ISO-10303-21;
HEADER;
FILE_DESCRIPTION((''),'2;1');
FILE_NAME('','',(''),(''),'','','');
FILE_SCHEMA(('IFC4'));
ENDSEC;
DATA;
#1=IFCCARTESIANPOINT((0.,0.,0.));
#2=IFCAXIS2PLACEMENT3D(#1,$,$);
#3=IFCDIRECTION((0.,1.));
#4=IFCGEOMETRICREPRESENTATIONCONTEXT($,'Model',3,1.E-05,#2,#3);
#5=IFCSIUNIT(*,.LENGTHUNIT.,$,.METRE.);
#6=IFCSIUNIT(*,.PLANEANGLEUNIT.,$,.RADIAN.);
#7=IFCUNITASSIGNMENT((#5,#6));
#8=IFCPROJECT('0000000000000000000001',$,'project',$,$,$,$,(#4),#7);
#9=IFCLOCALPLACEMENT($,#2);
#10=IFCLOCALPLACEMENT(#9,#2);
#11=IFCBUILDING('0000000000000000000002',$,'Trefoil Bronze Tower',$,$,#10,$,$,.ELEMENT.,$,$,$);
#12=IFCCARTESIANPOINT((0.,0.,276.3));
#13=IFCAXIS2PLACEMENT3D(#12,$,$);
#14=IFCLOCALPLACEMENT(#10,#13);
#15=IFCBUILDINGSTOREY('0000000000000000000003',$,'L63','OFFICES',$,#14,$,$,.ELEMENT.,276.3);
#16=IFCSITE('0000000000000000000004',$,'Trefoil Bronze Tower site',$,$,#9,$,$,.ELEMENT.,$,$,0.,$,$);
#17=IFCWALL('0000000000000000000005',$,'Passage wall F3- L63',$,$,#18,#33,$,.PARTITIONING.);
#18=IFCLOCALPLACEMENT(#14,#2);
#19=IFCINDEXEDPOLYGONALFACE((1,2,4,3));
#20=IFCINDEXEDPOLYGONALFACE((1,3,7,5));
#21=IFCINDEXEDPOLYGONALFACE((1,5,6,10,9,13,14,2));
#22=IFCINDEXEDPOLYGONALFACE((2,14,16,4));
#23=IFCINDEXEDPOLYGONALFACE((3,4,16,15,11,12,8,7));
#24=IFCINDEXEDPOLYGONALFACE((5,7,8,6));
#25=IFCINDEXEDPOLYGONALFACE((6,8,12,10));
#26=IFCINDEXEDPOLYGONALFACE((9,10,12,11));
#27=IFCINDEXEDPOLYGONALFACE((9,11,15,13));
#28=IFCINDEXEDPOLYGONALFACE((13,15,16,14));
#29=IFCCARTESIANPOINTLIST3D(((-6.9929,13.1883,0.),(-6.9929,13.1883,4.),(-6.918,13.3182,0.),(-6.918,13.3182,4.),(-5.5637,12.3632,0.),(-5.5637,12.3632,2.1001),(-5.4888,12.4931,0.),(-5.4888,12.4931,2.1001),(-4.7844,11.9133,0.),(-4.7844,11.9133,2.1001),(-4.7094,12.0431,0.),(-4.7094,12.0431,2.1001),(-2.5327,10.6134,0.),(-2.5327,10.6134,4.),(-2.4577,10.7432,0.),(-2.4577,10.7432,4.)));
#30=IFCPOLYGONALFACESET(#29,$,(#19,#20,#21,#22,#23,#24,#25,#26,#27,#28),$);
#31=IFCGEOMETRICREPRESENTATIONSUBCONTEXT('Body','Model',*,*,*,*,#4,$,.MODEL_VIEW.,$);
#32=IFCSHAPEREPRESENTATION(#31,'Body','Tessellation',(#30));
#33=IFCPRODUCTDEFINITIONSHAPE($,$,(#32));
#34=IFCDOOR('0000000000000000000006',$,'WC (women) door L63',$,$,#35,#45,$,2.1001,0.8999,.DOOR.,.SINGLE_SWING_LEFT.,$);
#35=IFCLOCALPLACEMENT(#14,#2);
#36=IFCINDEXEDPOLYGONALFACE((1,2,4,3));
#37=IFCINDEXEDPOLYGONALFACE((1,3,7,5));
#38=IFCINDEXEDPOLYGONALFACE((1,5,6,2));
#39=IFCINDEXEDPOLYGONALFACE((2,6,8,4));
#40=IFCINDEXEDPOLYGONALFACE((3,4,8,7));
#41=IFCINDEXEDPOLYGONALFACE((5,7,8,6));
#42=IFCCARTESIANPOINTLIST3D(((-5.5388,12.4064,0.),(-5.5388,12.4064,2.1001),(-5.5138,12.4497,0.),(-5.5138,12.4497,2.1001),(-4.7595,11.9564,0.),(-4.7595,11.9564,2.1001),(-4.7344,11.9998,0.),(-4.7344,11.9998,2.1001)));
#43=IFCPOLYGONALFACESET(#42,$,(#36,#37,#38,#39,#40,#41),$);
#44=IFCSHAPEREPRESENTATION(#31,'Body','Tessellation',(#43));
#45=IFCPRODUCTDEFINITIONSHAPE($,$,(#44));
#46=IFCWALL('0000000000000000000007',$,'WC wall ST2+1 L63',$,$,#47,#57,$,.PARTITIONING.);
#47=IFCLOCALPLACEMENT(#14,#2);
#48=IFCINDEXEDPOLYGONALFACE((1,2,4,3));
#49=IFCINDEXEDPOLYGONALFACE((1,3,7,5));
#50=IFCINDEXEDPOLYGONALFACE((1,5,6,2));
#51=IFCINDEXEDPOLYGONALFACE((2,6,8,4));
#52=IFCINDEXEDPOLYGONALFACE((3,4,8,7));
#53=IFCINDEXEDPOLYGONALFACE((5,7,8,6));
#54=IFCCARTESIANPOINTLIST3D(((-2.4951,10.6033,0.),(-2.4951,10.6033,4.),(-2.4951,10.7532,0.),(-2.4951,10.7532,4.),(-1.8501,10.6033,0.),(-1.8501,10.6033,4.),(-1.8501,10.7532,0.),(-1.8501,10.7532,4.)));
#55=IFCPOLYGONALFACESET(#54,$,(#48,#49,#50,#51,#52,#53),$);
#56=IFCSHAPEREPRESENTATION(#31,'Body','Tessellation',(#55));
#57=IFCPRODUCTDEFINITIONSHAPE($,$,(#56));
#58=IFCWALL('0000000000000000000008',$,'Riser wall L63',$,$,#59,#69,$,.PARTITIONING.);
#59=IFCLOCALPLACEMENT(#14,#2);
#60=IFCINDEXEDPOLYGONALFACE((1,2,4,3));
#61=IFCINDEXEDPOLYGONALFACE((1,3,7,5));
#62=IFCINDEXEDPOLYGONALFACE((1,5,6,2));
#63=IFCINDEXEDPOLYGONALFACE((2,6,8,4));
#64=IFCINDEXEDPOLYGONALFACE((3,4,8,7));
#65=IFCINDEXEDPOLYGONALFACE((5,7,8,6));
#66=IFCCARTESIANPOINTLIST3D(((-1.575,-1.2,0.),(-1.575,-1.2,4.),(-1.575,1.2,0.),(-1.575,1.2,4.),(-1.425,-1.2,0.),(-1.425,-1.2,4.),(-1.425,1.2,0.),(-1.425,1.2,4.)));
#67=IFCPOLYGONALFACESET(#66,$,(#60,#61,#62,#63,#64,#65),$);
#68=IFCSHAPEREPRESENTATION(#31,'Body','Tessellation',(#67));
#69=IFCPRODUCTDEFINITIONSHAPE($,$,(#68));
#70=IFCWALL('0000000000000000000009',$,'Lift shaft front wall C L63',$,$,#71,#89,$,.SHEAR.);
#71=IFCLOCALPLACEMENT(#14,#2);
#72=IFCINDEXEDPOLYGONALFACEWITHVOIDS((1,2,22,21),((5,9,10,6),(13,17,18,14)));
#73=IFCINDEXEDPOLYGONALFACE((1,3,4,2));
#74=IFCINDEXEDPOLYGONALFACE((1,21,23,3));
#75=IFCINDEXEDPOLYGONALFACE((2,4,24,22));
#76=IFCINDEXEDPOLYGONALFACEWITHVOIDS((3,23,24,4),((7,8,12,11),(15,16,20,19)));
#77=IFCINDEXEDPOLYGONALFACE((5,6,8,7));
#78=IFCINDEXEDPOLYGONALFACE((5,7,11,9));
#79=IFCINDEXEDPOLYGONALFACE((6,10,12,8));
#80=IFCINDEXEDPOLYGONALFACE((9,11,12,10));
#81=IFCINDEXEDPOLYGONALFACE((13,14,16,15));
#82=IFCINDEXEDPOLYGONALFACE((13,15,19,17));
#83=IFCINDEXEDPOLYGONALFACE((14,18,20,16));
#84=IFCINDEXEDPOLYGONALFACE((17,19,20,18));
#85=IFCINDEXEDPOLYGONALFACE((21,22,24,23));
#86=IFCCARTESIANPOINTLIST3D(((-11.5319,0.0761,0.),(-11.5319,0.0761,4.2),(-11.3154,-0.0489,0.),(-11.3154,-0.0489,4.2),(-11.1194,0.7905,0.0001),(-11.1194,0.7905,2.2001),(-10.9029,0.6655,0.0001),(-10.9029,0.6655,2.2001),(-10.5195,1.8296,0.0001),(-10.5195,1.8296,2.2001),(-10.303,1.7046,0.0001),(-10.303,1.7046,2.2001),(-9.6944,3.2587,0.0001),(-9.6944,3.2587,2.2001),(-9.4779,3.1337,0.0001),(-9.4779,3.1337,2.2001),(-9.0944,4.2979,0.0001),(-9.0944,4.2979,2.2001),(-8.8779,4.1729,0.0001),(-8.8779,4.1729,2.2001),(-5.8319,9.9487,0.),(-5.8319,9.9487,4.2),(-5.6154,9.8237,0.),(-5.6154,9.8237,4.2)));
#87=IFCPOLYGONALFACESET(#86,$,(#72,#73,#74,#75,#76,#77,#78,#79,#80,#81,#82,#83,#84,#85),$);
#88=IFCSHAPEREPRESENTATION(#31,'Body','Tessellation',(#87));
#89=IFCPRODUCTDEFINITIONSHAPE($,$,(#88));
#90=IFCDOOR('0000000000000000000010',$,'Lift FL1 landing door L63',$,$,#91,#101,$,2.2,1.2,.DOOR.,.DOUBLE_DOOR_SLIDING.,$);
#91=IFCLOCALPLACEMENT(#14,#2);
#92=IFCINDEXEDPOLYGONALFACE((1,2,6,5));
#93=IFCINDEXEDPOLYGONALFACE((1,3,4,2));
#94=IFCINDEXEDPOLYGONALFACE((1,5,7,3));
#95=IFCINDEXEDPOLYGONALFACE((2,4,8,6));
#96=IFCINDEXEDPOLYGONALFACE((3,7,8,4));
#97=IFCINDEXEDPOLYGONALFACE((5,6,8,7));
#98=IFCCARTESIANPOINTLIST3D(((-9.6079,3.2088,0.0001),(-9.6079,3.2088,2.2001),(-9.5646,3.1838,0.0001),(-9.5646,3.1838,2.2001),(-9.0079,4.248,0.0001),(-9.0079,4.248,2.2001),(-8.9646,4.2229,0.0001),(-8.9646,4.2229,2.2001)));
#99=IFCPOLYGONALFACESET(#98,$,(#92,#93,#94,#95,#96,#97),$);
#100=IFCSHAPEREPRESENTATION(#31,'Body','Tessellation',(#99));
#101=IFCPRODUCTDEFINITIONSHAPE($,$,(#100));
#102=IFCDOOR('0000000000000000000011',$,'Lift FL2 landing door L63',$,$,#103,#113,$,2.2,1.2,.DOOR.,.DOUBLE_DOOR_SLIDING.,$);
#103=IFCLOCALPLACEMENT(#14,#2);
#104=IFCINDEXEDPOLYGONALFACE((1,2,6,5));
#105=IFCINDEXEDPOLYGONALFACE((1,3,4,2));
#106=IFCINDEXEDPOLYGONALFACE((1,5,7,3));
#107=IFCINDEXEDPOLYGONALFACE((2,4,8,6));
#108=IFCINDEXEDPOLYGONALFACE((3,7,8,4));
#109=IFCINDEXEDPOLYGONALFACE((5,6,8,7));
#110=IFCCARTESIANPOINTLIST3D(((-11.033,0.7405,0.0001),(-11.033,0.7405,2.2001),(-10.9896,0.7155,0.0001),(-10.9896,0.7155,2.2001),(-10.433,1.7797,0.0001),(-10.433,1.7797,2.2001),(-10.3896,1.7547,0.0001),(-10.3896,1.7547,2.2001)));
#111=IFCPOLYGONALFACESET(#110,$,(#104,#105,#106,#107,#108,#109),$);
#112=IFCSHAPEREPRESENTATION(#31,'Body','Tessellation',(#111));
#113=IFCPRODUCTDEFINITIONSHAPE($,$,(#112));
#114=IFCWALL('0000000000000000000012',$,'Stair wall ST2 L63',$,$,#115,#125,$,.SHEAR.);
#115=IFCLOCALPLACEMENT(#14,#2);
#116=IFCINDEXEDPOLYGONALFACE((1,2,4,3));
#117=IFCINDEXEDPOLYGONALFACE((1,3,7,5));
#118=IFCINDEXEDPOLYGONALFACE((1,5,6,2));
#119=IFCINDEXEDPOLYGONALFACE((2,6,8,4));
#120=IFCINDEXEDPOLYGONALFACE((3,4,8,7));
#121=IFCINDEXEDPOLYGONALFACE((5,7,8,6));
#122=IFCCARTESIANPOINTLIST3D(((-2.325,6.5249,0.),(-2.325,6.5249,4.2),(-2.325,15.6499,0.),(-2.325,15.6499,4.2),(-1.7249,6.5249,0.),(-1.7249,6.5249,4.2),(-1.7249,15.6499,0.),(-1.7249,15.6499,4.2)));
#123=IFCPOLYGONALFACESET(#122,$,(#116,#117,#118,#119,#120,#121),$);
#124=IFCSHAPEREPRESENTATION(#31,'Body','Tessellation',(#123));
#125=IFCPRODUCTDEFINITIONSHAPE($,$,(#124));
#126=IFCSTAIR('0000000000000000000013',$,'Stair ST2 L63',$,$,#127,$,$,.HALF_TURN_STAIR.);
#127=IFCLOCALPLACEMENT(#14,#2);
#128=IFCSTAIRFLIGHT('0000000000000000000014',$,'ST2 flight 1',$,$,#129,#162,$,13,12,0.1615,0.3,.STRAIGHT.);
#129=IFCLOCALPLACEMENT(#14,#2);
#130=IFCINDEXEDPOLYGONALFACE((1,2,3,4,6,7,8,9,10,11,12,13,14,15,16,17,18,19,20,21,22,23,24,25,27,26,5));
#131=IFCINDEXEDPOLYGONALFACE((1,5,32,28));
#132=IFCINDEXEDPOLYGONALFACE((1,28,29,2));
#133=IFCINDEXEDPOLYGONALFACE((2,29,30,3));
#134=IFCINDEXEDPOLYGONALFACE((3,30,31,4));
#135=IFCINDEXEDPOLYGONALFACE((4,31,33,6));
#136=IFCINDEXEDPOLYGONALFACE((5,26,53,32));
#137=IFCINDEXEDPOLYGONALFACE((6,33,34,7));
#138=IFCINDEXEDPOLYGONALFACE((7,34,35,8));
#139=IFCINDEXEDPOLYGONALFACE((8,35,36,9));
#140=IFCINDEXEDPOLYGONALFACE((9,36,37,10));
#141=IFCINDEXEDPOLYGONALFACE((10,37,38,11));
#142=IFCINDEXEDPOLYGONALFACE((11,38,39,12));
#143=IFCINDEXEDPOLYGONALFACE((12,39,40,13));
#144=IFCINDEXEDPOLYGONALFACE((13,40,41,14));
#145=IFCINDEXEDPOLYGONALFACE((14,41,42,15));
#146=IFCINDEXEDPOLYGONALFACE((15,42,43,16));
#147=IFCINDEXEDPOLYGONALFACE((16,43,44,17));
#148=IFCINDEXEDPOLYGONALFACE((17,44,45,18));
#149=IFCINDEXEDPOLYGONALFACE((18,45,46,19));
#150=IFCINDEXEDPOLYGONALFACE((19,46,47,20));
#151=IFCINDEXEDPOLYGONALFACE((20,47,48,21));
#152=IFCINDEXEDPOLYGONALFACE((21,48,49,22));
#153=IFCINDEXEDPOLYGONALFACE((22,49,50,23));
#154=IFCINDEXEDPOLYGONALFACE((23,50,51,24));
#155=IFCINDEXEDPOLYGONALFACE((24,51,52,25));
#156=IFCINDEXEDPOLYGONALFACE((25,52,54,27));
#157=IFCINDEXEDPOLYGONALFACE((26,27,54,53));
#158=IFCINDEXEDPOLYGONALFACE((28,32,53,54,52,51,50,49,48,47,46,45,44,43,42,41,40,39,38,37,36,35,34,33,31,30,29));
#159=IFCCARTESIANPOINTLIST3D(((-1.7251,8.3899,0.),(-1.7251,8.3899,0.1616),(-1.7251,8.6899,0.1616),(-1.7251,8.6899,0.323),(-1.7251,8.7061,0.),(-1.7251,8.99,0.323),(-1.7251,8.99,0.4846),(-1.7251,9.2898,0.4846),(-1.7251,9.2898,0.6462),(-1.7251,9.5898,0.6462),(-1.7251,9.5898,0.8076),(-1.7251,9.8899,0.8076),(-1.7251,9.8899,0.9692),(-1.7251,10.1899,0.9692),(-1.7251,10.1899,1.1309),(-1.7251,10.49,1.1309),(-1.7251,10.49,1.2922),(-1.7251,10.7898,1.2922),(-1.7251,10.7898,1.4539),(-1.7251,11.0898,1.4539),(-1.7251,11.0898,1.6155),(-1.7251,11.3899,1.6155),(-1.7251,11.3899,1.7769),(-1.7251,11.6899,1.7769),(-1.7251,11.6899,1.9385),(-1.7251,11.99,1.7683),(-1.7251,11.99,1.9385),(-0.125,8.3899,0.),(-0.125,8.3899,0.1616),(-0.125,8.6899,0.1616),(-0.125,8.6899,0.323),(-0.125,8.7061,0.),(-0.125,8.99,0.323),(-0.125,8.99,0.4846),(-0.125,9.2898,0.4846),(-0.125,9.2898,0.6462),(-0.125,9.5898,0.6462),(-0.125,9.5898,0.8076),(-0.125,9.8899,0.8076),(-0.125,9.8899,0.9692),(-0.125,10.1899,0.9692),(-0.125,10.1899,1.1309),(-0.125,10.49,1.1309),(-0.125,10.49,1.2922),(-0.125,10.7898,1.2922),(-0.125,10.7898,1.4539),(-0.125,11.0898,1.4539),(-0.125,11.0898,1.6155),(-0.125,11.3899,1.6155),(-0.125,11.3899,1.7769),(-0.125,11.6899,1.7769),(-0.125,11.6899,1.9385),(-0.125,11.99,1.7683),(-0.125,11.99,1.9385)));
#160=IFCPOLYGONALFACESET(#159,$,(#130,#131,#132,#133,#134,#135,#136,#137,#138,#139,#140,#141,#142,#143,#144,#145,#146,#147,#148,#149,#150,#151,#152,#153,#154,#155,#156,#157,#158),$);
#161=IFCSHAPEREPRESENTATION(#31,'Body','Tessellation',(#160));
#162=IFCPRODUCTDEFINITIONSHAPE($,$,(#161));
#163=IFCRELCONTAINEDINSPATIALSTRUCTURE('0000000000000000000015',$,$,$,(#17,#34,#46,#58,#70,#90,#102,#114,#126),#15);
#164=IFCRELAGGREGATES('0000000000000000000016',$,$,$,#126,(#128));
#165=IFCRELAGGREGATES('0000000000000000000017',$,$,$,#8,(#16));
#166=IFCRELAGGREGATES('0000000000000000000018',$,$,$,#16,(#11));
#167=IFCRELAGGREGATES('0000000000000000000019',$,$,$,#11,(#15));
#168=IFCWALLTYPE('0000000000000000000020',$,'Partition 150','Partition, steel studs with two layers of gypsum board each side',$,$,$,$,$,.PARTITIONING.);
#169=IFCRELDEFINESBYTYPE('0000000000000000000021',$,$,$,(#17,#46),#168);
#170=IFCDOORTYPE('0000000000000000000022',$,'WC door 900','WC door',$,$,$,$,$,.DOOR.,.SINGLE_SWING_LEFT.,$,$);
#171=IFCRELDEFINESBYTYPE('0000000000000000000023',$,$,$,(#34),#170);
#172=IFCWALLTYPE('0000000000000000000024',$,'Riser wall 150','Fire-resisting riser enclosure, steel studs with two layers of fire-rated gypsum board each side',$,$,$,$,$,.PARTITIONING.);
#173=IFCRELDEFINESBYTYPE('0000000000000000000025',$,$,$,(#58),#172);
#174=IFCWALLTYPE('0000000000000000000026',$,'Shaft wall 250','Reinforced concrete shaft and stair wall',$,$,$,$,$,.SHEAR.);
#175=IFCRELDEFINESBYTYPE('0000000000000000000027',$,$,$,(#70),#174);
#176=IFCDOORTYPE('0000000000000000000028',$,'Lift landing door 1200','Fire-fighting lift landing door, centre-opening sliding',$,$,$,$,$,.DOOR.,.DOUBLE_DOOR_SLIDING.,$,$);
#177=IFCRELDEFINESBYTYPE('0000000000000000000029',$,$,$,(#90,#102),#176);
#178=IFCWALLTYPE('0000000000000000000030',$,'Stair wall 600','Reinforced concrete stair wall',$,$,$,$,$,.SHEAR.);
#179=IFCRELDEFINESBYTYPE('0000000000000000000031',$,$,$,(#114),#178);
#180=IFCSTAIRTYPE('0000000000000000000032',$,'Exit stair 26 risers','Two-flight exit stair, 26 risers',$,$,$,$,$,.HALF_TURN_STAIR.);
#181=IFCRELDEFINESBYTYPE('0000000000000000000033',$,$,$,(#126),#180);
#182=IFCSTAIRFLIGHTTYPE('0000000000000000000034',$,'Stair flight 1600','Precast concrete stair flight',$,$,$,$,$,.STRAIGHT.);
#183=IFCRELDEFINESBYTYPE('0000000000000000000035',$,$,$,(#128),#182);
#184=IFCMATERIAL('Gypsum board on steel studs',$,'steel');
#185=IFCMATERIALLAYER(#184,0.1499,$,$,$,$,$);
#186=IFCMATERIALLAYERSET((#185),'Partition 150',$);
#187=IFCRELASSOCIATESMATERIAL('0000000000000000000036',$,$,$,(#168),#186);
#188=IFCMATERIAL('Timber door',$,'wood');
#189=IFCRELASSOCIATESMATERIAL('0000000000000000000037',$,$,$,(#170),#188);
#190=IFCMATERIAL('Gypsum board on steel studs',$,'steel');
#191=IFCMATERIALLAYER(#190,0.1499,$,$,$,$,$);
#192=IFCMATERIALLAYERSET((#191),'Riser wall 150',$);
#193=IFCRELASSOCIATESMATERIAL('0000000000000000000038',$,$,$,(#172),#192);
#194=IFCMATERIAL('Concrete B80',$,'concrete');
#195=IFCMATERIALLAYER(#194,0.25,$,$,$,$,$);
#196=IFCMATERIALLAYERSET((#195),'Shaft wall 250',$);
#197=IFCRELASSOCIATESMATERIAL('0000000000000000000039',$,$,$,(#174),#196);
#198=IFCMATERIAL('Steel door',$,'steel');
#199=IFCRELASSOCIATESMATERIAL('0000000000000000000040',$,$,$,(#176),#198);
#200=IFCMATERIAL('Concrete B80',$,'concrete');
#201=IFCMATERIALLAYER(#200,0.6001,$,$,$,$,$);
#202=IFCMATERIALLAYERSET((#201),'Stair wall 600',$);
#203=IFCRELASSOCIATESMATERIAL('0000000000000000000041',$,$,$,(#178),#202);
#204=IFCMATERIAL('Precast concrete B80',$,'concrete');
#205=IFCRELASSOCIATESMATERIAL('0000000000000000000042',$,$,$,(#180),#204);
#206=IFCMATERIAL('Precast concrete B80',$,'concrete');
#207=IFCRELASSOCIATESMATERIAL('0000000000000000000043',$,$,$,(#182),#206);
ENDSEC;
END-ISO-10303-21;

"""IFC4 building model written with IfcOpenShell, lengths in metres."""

from ifc_helpers import new_model, si_unit, direction, frame, frame_2d, origin, place, context, subcontext, project, spatial, polyline, rectangle, outline, extrude, material, layer, layer_set, type_object, element, fill, aggregate, save


model = new_model("IFC4")

# Units and contexts
model_context = context("Model", 3, precision=1e-05, world=origin(), true_north=direction((0.0, 1.0)))
body_context = subcontext(model_context, "Body", "Model", "MODEL_VIEW")
ifc_project = project(units=[si_unit("LENGTHUNIT", "METRE"), si_unit("PLANEANGLEUNIT", "RADIAN")], contexts=[model_context])

# Site, building, storey
site_placement = place(None, origin())
site = spatial("IfcSite", under=ifc_project, at=site_placement, Name="Trefoil Bronze Tower site", CompositionType="ELEMENT", RefElevation=0.0)
building_placement = place(site_placement, origin())
building = spatial("IfcBuilding", under=site, at=building_placement, Name="Trefoil Bronze Tower", CompositionType="ELEMENT")
storey_placement = place(building_placement, frame((0.0, 0.0, 276.3)))
storey = spatial("IfcBuildingStorey", under=building, at=storey_placement, Name="L63", Description="OFFICES", CompositionType="ELEMENT", Elevation=276.3)

# Wall, opening, door
ifc_material_1 = material(Name="Gypsum board on steel studs", Category="steel")
ifc_layer_1 = layer(ifc_material_1, 0.1499)
ifc_layer_set_1 = layer_set([ifc_layer_1], Name="Partition 150")
wall_type_1 = type_object("IfcWallType", Name="Partition 150", Description="Partition, steel studs with two layers of gypsum board each side", PredefinedType="PARTITIONING", material=ifc_layer_set_1)
wall_1_placement = place(storey_placement, frame((-2.4951, 10.6782, 0.0), z_axis=(0.0, 0.0, 1.0), x_axis=(-0.866038, 0.499978, 0.0)))
wall_1 = element("IfcWall", 1, at=wall_1_placement, inside=storey, type_object=wall_type_1, Name="Passage wall F3- L63", PredefinedType="PARTITIONING", context=body_context, shape_type="SweptSolid", body=[
    extrude(rectangle(XDim=5.1501, YDim=0.1499, at=frame_2d((2.5752, 0.0))), origin(), (0.0, 0.0, 1.0), 4.0),
])
opening_1_placement = place(wall_1_placement, frame((2.6001, 0.0, 0.0)))
opening_1 = element("IfcOpeningElement", 2, at=opening_1_placement, cuts=wall_1, PredefinedType="OPENING", context=body_context, shape_type="SweptSolid", body=[
    extrude(rectangle(XDim=0.8999, YDim=2.1001, at=frame_2d((0.45, 1.05))), frame((0.0, 0.085, 0.0), z_axis=(0.0, -1.0, 0.0), x_axis=(1.0, 0.0, 0.0)), (0.0, 0.0, 1.0), 0.1699),
])
ifc_material_2 = material(Name="Timber door", Category="wood")
door_type_1 = type_object("IfcDoorType", Name="WC door 900", Description="WC door", OperationType="SINGLE_SWING_LEFT", PredefinedType="DOOR", material=ifc_material_2)
door_1_placement = place(opening_1_placement, frame((0.8999, 0.0, 0.0), z_axis=(0.0, 0.0, 1.0), x_axis=(-1.0, 0.0, 0.0)))
door_1 = element("IfcDoor", 3, at=door_1_placement, inside=storey, type_object=door_type_1, Name="WC (women) door L63", OperationType="SINGLE_SWING_LEFT", OverallHeight=2.1001, OverallWidth=0.8999, PredefinedType="DOOR", context=body_context, shape_type="SweptSolid", body=[
    extrude(rectangle(XDim=0.8999, YDim=2.1001, at=frame_2d((0.45, 1.05))), frame((0.0, 0.0249, 0.0), z_axis=(0.0, -1.0, 0.0), x_axis=(1.0, 0.0, 0.0)), (0.0, 0.0, 1.0), 0.05),
])
fill(opening_1, door_1)

# Walls
wall_2_placement = place(storey_placement, frame((-2.4951, 10.6782, 0.0), z_axis=(0.0, 0.0, 1.0), x_axis=(1.0, 0.0, 0.0)))
element("IfcWall", 4, at=wall_2_placement, inside=storey, type_object=wall_type_1, Name="WC wall ST2+1 L63", PredefinedType="PARTITIONING", context=body_context, shape_type="SweptSolid", body=[
    extrude(rectangle(XDim=0.645, YDim=0.1499, at=frame_2d((0.3225, 0.0))), origin(), (0.0, 0.0, 1.0), 4.0),
])
ifc_material_3 = material(Name="Gypsum board on steel studs", Category="steel")
ifc_layer_2 = layer(ifc_material_3, 0.1499)
ifc_layer_set_2 = layer_set([ifc_layer_2], Name="Riser wall 150")
wall_type_2 = type_object("IfcWallType", Name="Riser wall 150", Description="Fire-resisting riser enclosure, steel studs with two layers of fire-rated gypsum board each side", PredefinedType="PARTITIONING", material=ifc_layer_set_2)
wall_3_placement = place(storey_placement, frame((-1.5, 1.2, 0.0), z_axis=(0.0, 0.0, 1.0), x_axis=(0.0, -1.0, 0.0)))
element("IfcWall", 5, at=wall_3_placement, inside=storey, type_object=wall_type_2, Name="Riser wall L63", PredefinedType="PARTITIONING", context=body_context, shape_type="SweptSolid", body=[
    extrude(rectangle(XDim=2.3999, YDim=0.1499, at=frame_2d((1.2, 0.0))), origin(), (0.0, 0.0, 1.0), 4.0),
])

# Wall, openings, doors
ifc_material_4 = material(Name="Concrete B80", Category="concrete")
ifc_layer_3 = layer(ifc_material_4, 0.25)
ifc_layer_set_3 = layer_set([ifc_layer_3], Name="Shaft wall 250")
wall_type_3 = type_object("IfcWallType", Name="Shaft wall 250", Description="Reinforced concrete shaft and stair wall", PredefinedType="SHEAR", material=ifc_layer_set_3)
wall_4_placement = place(storey_placement, frame((-5.7236, 9.8862, 0.0), z_axis=(0.0, 0.0, 1.0), x_axis=(-0.500002, -0.866024, 0.0)))
wall_4 = element("IfcWall", 6, at=wall_4_placement, inside=storey, type_object=wall_type_3, Name="Lift shaft front wall C L63", PredefinedType="SHEAR", context=body_context, shape_type="SweptSolid", body=[
    extrude(rectangle(XDim=11.3999, YDim=0.25, at=frame_2d((5.7, 0.0))), origin(), (0.0, 0.0, 1.0), 4.2),
])
opening_2_placement = place(wall_4_placement, frame((6.5249, 0.0, 0.0)))
opening_2 = element("IfcOpeningElement", 7, at=opening_2_placement, cuts=wall_4, PredefinedType="OPENING", context=body_context, shape_type="SweptSolid", body=[
    extrude(rectangle(XDim=1.2, YDim=2.2, at=frame_2d((0.6001, 1.1001))), frame((0.0, 0.135, 0.0), z_axis=(0.0, -1.0, 0.0), x_axis=(1.0, 0.0, 0.0)), (0.0, 0.0, 1.0), 0.27),
])
opening_3_placement = place(wall_4_placement, frame((9.375, 0.0, 0.0)))
opening_3 = element("IfcOpeningElement", 8, at=opening_3_placement, cuts=wall_4, PredefinedType="OPENING", context=body_context, shape_type="SweptSolid", body=[
    extrude(rectangle(XDim=1.2, YDim=2.2, at=frame_2d((0.6001, 1.1001))), frame((0.0, 0.135, 0.0), z_axis=(0.0, -1.0, 0.0), x_axis=(1.0, 0.0, 0.0)), (0.0, 0.0, 1.0), 0.27),
])
ifc_material_5 = material(Name="Steel door", Category="steel")
door_type_2 = type_object("IfcDoorType", Name="Lift landing door 1200", Description="Fire-fighting lift landing door, centre-opening sliding", OperationType="DOUBLE_DOOR_SLIDING", PredefinedType="DOOR", material=ifc_material_5)
door_2_placement = place(opening_2_placement, origin())
door_2 = element("IfcDoor", 9, at=door_2_placement, inside=storey, type_object=door_type_2, Name="Lift FL1 landing door L63", OperationType="DOUBLE_DOOR_SLIDING", OverallHeight=2.2, OverallWidth=1.2, PredefinedType="DOOR", context=body_context, shape_type="SweptSolid", body=[
    extrude(rectangle(XDim=1.2, YDim=2.2, at=frame_2d((0.6001, 1.1001))), frame((0.0, 0.0249, 0.0), z_axis=(0.0, -1.0, 0.0), x_axis=(1.0, 0.0, 0.0)), (0.0, 0.0, 1.0), 0.05),
])
fill(opening_2, door_2)
door_3_placement = place(opening_3_placement, origin())
door_3 = element("IfcDoor", 10, at=door_3_placement, inside=storey, type_object=door_type_2, Name="Lift FL2 landing door L63", OperationType="DOUBLE_DOOR_SLIDING", OverallHeight=2.2, OverallWidth=1.2, PredefinedType="DOOR", context=body_context, shape_type="SweptSolid", body=[
    extrude(rectangle(XDim=1.2, YDim=2.2, at=frame_2d((0.6001, 1.1001))), frame((0.0, 0.0249, 0.0), z_axis=(0.0, -1.0, 0.0), x_axis=(1.0, 0.0, 0.0)), (0.0, 0.0, 1.0), 0.05),
])
fill(opening_3, door_3)

# Wall
ifc_material_6 = material(Name="Concrete B80", Category="concrete")
ifc_layer_4 = layer(ifc_material_6, 0.6001)
ifc_layer_set_4 = layer_set([ifc_layer_4], Name="Stair wall 600")
wall_type_4 = type_object("IfcWallType", Name="Stair wall 600", Description="Reinforced concrete stair wall", PredefinedType="SHEAR", material=ifc_layer_set_4)
wall_5_placement = place(storey_placement, frame((-2.0249, 6.5249, 0.0), z_axis=(0.0, 0.0, 1.0), x_axis=(0.0, 1.0, 0.0)))
element("IfcWall", 11, at=wall_5_placement, inside=storey, type_object=wall_type_4, Name="Stair wall ST2 L63", PredefinedType="SHEAR", context=body_context, shape_type="SweptSolid", body=[
    extrude(rectangle(XDim=9.125, YDim=0.6001, at=frame_2d((4.5625, 0.0))), origin(), (0.0, 0.0, 1.0), 4.2),
])

# Stair, stair flight
ifc_material_7 = material(Name="Precast concrete B80", Category="concrete")
stair_type = type_object("IfcStairType", Name="Exit stair 26 risers", Description="Two-flight exit stair, 26 risers", PredefinedType="HALF_TURN_STAIR", material=ifc_material_7)
stair_placement = place(storey_placement, origin())
stair = element("IfcStair", 12, at=stair_placement, inside=storey, type_object=stair_type, Name="Stair ST2 L63", PredefinedType="HALF_TURN_STAIR")
ifc_material_8 = material(Name="Precast concrete B80", Category="concrete")
stair_flight_type = type_object("IfcStairFlightType", Name="Stair flight 1600", Description="Precast concrete stair flight", PredefinedType="STRAIGHT", material=ifc_material_8)
stair_flight_placement = place(storey_placement, frame((-0.925, 8.3899, 0.0), z_axis=(0.0, 0.0, 1.0), x_axis=(0.0, 1.0, 0.0)))
stair_flight = element("IfcStairFlight", 13, at=stair_flight_placement, type_object=stair_flight_type, Name="ST2 flight 1", NumberOfRisers=13, NumberOfTreads=12, PredefinedType="STRAIGHT", RiserHeight=0.1615, TreadLength=0.3, context=body_context, shape_type="SweptSolid", body=[
    extrude(outline(polyline([(0.0, 0.0), (0.0, 0.1616), (0.3, 0.1616), (0.3, 0.323), (0.6001, 0.323), (0.6001, 0.4846), (0.8999, 0.4846), (0.8999, 0.6462), (1.2, 0.6462), (1.2, 0.8076), (1.5, 0.8076), (1.5, 0.9692), (1.8, 0.9692), (1.8, 1.1309), (2.1001, 1.1309), (2.1001, 1.2922), (2.3999, 1.2922), (2.3999, 1.4539), (2.7, 1.4539), (2.7, 1.6155), (3.0, 1.6155), (3.0, 1.7769), (3.3, 1.7769), (3.3, 1.9385), (3.6001, 1.9385), (3.6001, 2.1001), (3.6001, 1.7683), (0.3162, 0.0), (0.0, 0.0)])), frame((0.0, 0.8, 0.0), z_axis=(0.0, -1.0, 0.0), x_axis=(1.0, 0.0, 0.0)), (0.0, 0.0, 1.0), 1.6001),
])
aggregate(stair, [stair_flight])

save(model, "model.ifc")
